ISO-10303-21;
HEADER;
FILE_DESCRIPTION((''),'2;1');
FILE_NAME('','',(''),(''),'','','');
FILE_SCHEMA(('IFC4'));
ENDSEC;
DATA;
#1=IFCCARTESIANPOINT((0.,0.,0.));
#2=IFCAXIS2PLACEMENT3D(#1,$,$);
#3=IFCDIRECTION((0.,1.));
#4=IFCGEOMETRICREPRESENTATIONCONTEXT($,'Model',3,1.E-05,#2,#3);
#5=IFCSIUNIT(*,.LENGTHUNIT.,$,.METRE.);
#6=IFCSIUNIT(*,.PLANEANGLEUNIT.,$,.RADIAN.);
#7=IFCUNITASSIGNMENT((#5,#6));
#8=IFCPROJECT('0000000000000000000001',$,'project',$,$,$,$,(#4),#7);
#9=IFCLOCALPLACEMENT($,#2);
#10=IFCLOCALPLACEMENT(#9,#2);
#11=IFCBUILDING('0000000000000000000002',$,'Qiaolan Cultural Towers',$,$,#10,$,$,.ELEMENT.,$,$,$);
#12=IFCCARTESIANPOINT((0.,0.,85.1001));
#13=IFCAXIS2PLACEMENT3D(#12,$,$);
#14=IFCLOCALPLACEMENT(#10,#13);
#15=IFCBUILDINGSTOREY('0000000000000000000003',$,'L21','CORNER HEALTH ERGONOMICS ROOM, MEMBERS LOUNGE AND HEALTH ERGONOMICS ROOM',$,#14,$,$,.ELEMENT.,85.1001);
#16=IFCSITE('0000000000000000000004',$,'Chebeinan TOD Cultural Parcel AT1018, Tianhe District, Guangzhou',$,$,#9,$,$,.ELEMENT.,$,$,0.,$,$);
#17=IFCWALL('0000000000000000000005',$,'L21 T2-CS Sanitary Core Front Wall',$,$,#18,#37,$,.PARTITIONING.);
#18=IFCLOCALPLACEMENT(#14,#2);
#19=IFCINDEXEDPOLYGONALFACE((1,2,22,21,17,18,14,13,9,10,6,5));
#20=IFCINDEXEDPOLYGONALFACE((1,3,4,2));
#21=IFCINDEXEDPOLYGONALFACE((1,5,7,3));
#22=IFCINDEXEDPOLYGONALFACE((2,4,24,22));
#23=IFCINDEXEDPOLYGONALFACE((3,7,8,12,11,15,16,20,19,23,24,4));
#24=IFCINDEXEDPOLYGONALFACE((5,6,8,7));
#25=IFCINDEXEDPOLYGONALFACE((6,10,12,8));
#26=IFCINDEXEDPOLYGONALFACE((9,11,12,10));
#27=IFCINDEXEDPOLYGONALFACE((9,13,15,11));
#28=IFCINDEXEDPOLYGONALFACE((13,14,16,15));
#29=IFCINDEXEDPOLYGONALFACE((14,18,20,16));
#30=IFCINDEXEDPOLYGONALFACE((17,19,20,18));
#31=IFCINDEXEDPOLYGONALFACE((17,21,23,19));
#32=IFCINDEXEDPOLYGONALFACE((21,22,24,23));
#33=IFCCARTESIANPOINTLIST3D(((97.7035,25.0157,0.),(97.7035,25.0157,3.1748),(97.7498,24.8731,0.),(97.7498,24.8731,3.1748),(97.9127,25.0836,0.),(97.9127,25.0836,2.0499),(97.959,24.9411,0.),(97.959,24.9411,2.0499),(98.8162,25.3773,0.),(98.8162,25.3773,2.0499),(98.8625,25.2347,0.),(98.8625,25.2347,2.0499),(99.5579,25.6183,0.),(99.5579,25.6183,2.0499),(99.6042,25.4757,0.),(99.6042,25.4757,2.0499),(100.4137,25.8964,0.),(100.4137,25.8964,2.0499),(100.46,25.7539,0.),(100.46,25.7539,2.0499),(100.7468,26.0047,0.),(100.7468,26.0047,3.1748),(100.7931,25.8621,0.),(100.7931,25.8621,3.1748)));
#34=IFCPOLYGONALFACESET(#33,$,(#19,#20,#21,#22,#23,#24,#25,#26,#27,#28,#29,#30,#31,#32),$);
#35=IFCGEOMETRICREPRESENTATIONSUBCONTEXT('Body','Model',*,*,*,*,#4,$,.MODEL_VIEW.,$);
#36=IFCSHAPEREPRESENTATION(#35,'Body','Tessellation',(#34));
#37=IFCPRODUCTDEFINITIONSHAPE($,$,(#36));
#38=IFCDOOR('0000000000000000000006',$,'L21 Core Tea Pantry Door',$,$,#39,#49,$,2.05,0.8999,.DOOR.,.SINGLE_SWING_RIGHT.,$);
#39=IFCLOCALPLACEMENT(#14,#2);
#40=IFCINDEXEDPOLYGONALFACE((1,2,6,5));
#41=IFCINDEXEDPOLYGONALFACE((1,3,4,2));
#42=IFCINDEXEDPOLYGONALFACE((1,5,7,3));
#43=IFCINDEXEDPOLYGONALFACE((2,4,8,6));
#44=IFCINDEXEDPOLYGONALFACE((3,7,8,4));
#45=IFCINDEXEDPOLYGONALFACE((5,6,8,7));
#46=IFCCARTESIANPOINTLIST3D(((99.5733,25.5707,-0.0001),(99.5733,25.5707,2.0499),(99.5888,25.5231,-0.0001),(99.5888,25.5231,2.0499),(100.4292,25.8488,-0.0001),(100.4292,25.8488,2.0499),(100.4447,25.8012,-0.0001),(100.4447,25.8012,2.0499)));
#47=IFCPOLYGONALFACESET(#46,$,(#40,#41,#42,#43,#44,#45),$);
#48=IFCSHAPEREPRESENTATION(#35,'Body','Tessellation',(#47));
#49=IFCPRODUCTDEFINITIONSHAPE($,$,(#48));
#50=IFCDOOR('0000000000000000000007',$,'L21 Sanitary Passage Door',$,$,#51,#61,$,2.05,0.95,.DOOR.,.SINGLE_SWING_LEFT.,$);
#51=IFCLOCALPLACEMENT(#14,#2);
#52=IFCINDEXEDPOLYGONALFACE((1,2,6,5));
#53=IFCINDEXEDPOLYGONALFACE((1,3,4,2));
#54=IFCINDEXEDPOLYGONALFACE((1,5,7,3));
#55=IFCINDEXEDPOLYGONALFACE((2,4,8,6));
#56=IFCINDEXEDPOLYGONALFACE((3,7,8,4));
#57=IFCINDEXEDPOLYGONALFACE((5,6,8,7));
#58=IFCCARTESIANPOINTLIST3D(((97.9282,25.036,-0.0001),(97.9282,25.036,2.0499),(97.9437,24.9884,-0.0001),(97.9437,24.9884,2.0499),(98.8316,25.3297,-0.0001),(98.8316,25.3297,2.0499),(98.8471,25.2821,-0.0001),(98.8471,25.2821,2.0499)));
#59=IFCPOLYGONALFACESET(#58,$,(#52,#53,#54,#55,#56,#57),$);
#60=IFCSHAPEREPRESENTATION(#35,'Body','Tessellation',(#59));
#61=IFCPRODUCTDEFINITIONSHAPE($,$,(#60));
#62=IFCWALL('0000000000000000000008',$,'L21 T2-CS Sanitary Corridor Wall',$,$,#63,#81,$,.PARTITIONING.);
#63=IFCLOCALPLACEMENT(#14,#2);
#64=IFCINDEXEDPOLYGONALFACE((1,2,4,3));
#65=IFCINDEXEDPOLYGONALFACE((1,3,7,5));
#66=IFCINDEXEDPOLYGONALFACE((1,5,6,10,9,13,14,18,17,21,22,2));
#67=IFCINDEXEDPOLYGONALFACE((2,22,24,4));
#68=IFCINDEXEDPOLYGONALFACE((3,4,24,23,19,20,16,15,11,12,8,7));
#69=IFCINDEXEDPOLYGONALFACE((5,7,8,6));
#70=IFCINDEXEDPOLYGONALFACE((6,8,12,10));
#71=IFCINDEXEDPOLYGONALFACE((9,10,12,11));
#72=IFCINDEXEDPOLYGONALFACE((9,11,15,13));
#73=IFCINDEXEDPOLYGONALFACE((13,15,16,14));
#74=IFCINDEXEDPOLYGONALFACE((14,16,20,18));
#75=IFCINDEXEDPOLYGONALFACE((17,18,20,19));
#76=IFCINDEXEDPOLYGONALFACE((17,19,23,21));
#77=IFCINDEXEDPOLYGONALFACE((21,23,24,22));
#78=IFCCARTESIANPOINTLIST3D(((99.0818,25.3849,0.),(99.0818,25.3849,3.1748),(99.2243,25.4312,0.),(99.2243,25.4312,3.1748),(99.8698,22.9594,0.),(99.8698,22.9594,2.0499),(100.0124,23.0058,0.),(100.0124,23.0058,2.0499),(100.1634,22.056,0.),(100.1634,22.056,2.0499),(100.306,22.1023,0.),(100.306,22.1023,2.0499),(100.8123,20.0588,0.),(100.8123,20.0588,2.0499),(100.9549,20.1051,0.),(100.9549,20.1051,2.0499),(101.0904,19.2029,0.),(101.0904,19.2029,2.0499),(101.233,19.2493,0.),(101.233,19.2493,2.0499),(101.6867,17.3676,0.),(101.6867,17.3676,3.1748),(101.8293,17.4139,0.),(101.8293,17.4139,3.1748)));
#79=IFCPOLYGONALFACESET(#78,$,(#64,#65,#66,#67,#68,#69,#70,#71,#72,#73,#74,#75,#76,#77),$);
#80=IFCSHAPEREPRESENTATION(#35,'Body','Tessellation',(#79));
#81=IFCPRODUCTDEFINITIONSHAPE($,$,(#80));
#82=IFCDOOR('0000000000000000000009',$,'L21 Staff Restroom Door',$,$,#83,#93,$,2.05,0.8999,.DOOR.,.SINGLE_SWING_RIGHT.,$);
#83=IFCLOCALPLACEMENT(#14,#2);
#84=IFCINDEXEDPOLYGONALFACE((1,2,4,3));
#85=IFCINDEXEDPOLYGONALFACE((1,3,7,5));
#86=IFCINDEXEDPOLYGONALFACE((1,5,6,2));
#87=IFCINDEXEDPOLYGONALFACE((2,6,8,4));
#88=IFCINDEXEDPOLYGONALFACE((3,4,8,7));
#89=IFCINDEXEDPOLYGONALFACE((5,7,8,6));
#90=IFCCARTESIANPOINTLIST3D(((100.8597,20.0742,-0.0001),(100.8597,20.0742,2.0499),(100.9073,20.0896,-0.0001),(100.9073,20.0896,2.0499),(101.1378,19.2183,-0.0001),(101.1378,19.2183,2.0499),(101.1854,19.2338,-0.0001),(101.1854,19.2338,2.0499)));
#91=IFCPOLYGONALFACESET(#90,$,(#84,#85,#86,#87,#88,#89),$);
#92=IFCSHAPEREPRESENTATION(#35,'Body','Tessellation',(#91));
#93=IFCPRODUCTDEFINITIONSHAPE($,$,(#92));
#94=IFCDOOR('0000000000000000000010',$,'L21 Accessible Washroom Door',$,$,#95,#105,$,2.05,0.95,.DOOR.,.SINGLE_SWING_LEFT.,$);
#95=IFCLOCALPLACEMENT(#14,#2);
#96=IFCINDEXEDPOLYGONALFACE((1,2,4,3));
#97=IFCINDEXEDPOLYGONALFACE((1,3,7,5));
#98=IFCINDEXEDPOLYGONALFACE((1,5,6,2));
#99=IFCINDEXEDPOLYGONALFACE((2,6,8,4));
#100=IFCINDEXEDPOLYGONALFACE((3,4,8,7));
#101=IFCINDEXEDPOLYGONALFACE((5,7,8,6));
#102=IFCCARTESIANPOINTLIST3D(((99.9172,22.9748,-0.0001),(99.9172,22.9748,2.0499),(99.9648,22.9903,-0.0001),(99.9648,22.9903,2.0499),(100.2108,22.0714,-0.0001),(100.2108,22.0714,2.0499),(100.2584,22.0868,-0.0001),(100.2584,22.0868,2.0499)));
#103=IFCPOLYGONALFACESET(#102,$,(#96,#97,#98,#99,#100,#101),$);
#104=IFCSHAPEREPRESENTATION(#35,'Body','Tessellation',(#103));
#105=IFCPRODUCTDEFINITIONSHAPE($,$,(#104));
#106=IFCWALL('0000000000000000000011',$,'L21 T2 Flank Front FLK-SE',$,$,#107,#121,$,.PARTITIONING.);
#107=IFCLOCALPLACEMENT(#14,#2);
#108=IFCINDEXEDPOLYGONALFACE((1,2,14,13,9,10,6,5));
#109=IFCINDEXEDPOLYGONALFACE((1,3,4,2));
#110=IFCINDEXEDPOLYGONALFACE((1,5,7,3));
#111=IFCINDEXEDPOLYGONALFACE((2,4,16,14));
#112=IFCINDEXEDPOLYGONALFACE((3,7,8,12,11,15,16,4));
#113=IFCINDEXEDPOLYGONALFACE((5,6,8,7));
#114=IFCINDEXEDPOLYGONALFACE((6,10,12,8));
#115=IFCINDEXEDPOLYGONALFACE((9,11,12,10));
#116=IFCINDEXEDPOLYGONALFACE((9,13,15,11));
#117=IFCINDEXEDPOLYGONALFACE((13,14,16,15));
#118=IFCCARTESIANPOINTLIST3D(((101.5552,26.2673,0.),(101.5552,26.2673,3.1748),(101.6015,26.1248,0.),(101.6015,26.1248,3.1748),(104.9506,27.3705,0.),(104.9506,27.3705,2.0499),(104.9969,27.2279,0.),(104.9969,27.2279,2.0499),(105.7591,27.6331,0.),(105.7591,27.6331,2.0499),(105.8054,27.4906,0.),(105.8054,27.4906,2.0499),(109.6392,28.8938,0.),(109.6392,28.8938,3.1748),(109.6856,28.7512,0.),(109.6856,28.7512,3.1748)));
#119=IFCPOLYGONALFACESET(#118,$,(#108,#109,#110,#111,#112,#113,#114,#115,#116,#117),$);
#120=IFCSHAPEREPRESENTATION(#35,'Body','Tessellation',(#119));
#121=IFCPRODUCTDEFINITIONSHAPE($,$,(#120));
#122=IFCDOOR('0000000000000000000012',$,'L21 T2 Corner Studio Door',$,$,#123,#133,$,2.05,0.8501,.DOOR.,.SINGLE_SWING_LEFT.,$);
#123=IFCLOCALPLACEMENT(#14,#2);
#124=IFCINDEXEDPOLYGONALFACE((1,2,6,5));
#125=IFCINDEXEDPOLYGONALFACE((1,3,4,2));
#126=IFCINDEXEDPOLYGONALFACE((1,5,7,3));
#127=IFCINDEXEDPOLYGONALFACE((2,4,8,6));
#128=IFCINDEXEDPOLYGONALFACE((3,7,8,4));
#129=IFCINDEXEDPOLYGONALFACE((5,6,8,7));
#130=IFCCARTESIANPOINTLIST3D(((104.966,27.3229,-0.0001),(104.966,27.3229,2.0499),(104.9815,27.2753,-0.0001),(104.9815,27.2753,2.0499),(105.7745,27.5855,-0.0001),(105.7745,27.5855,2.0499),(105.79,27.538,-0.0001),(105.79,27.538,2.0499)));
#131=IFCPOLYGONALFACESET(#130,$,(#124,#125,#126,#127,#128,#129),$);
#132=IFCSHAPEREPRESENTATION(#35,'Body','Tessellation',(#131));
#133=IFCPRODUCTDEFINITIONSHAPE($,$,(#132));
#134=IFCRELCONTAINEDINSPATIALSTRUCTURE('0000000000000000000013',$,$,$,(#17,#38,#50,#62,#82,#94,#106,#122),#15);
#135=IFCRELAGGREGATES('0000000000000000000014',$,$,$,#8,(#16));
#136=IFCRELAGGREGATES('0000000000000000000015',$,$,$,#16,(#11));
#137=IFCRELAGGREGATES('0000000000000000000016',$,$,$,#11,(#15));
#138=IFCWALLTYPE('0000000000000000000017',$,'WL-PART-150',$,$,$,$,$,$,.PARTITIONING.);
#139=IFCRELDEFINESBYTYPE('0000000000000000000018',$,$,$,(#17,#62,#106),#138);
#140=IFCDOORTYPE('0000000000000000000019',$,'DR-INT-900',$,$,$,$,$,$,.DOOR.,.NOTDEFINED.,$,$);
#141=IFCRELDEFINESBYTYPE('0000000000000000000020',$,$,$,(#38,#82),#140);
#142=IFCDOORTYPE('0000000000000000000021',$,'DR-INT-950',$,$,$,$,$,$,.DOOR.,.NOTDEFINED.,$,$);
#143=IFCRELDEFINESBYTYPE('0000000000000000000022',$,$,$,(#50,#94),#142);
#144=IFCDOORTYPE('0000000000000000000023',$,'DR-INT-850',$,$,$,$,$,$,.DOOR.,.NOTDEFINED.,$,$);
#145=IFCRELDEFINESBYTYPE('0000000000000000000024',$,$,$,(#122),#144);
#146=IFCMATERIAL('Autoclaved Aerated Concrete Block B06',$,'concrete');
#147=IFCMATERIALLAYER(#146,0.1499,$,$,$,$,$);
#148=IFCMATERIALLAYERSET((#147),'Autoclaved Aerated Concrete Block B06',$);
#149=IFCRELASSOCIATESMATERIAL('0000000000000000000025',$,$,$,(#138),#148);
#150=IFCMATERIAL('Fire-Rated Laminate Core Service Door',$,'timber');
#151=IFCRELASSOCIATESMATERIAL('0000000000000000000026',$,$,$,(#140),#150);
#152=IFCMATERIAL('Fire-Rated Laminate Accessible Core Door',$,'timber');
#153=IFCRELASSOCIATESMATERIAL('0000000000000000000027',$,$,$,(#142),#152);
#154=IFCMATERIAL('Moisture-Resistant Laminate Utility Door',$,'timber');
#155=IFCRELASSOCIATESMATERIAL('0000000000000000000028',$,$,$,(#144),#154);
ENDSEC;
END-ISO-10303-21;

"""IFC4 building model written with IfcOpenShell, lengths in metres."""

from ifc_helpers import new_model, si_unit, direction, frame, frame_2d, origin, place, context, subcontext, project, spatial, rectangle, extrude, material, layer, layer_set, type_object, element, fill, save


model = new_model("IFC4")

# Units and contexts
model_context = context("Model", 3, precision=1e-05, world=origin(), true_north=direction((0.0, 1.0)))
body_context = subcontext(model_context, "Body", "Model", "MODEL_VIEW")
ifc_project = project(units=[si_unit("LENGTHUNIT", "METRE"), si_unit("PLANEANGLEUNIT", "RADIAN")], contexts=[model_context])

# Site, building, storey
site_placement = place(None, origin())
site = spatial("IfcSite", under=ifc_project, at=site_placement, Name="Chebeinan TOD Cultural Parcel AT1018, Tianhe District, Guangzhou", CompositionType="ELEMENT", RefElevation=0.0)
building_placement = place(site_placement, origin())
building = spatial("IfcBuilding", under=site, at=building_placement, Name="Qiaolan Cultural Towers", CompositionType="ELEMENT")
storey_placement = place(building_placement, frame((0.0, 0.0, 85.1001)))
storey = spatial("IfcBuildingStorey", under=building, at=storey_placement, Name="L21", Description="CORNER HEALTH ERGONOMICS ROOM, MEMBERS LOUNGE AND HEALTH ERGONOMICS ROOM", CompositionType="ELEMENT", Elevation=85.1001)

# Walls, openings, doors
ifc_material_1 = material(Name="Autoclaved Aerated Concrete Block B06", Category="concrete")
ifc_layer_1 = layer(ifc_material_1, 0.1499)
ifc_layer_set_1 = layer_set([ifc_layer_1], Name="Autoclaved Aerated Concrete Block B06")
wall_type_1 = type_object("IfcWallType", Name="WL-PART-150", PredefinedType="PARTITIONING", material=ifc_layer_set_1)
wall_1_placement = place(storey_placement, frame((97.7266, 24.9443, 0.0), z_axis=(0.0, 0.0, 1.0), x_axis=(0.951037, 0.309077, 0.0)))
wall_1 = element("IfcWall", 1, at=wall_1_placement, inside=storey, type_object=wall_type_1, Name="L21 T2-CS Sanitary Core Front Wall", PredefinedType="PARTITIONING", context=body_context, shape_type="SweptSolid", body=[
    extrude(rectangle(XDim=3.2, YDim=0.1499, at=frame_2d((1.6001, 0.0))), origin(), (0.0, 0.0, 1.0), 3.1748),
])
opening_1_placement = place(wall_1_placement, frame((0.22, 0.0, 0.0)))
opening_1 = element("IfcOpeningElement", 2, at=opening_1_placement, cuts=wall_1, PredefinedType="OPENING", context=body_context, shape_type="SweptSolid", body=[
    extrude(rectangle(XDim=0.95, YDim=2.05, at=frame_2d((0.4751, 1.0249))), frame((0.0, 0.085, 0.0), z_axis=(0.0, -1.0, 0.0), x_axis=(1.0, 0.0, 0.0)), (0.0, 0.0, 1.0), 0.1699),
])
opening_2_placement = place(wall_1_placement, frame((1.95, 0.0, 0.0)))
opening_2 = element("IfcOpeningElement", 3, at=opening_2_placement, cuts=wall_1, PredefinedType="OPENING", context=body_context, shape_type="SweptSolid", body=[
    extrude(rectangle(XDim=0.8999, YDim=2.05, at=frame_2d((0.45, 1.0249))), frame((0.0, 0.085, 0.0), z_axis=(0.0, -1.0, 0.0), x_axis=(1.0, 0.0, 0.0)), (0.0, 0.0, 1.0), 0.1699),
])
ifc_material_2 = material(Name="Fire-Rated Laminate Core Service Door", Category="timber")
door_type_1 = type_object("IfcDoorType", Name="DR-INT-900", OperationType="NOTDEFINED", PredefinedType="DOOR", material=ifc_material_2)
door_1_placement = place(opening_2_placement, origin())
door_1 = element("IfcDoor", 4, at=door_1_placement, inside=storey, type_object=door_type_1, Name="L21 Core Tea Pantry Door", OperationType="SINGLE_SWING_RIGHT", OverallHeight=2.05, OverallWidth=0.8999, PredefinedType="DOOR", context=body_context, shape_type="SweptSolid", body=[
    extrude(rectangle(XDim=0.8999, YDim=2.05, at=frame_2d((0.45, 1.0249))), frame((0.0, 0.0249, 0.0), z_axis=(0.0, -1.0, 0.0), x_axis=(1.0, 0.0, 0.0)), (0.0, 0.0, 1.0), 0.05),
])
fill(opening_2, door_1)
ifc_material_3 = material(Name="Fire-Rated Laminate Accessible Core Door", Category="timber")
door_type_2 = type_object("IfcDoorType", Name="DR-INT-950", OperationType="NOTDEFINED", PredefinedType="DOOR", material=ifc_material_3)
door_2_placement = place(opening_1_placement, origin())
door_2 = element("IfcDoor", 5, at=door_2_placement, inside=storey, type_object=door_type_2, Name="L21 Sanitary Passage Door", OperationType="SINGLE_SWING_LEFT", OverallHeight=2.05, OverallWidth=0.95, PredefinedType="DOOR", context=body_context, shape_type="SweptSolid", body=[
    extrude(rectangle(XDim=0.95, YDim=2.05, at=frame_2d((0.4751, 1.0249))), frame((0.0, 0.0249, 0.0), z_axis=(0.0, -1.0, 0.0), x_axis=(1.0, 0.0, 0.0)), (0.0, 0.0, 1.0), 0.05),
])
fill(opening_1, door_2)
wall_2_placement = place(storey_placement, frame((99.1531, 25.408, 0.0), z_axis=(0.0, 0.0, 1.0), x_axis=(0.309016, -0.951057, 0.0)))
wall_2 = element("IfcWall", 6, at=wall_2_placement, inside=storey, type_object=wall_type_1, Name="L21 T2-CS Sanitary Corridor Wall", PredefinedType="PARTITIONING", context=body_context, shape_type="SweptSolid", body=[
    extrude(rectangle(XDim=8.4299, YDim=0.1499, at=frame_2d((4.2148, 0.0))), origin(), (0.0, 0.0, 1.0), 3.1748),
])
opening_3_placement = place(wall_2_placement, frame((2.55, 0.0, 0.0)))
opening_3 = element("IfcOpeningElement", 7, at=opening_3_placement, cuts=wall_2, PredefinedType="OPENING", context=body_context, shape_type="SweptSolid", body=[
    extrude(rectangle(XDim=0.95, YDim=2.05, at=frame_2d((0.4751, 1.0249))), frame((0.0, 0.085, 0.0), z_axis=(0.0, -1.0, 0.0), x_axis=(1.0, 0.0, 0.0)), (0.0, 0.0, 1.0), 0.1699),
])
opening_4_placement = place(wall_2_placement, frame((5.6001, 0.0, 0.0)))
opening_4 = element("IfcOpeningElement", 8, at=opening_4_placement, cuts=wall_2, PredefinedType="OPENING", context=body_context, shape_type="SweptSolid", body=[
    extrude(rectangle(XDim=0.8999, YDim=2.05, at=frame_2d((0.45, 1.0249))), frame((0.0, 0.085, 0.0), z_axis=(0.0, -1.0, 0.0), x_axis=(1.0, 0.0, 0.0)), (0.0, 0.0, 1.0), 0.1699),
])
door_3_placement = place(opening_4_placement, origin())
door_3 = element("IfcDoor", 9, at=door_3_placement, inside=storey, type_object=door_type_1, Name="L21 Staff Restroom Door", OperationType="SINGLE_SWING_RIGHT", OverallHeight=2.05, OverallWidth=0.8999, PredefinedType="DOOR", context=body_context, shape_type="SweptSolid", body=[
    extrude(rectangle(XDim=0.8999, YDim=2.05, at=frame_2d((0.45, 1.0249))), frame((0.0, 0.0249, 0.0), z_axis=(0.0, -1.0, 0.0), x_axis=(1.0, 0.0, 0.0)), (0.0, 0.0, 1.0), 0.05),
])
fill(opening_4, door_3)
door_4_placement = place(opening_3_placement, origin())
door_4 = element("IfcDoor", 10, at=door_4_placement, inside=storey, type_object=door_type_2, Name="L21 Accessible Washroom Door", OperationType="SINGLE_SWING_LEFT", OverallHeight=2.05, OverallWidth=0.95, PredefinedType="DOOR", context=body_context, shape_type="SweptSolid", body=[
    extrude(rectangle(XDim=0.95, YDim=2.05, at=frame_2d((0.4751, 1.0249))), frame((0.0, 0.0249, 0.0), z_axis=(0.0, -1.0, 0.0), x_axis=(1.0, 0.0, 0.0)), (0.0, 0.0, 1.0), 0.05),
])
fill(opening_3, door_4)

# Wall, opening, door
wall_3_placement = place(storey_placement, frame((101.5784, 26.196, 0.0), z_axis=(0.0, 0.0, 1.0), x_axis=(0.951063, 0.308998, 0.0)))
wall_3 = element("IfcWall", 11, at=wall_3_placement, inside=storey, type_object=wall_type_1, Name="L21 T2 Flank Front FLK-SE", PredefinedType="PARTITIONING", context=body_context, shape_type="SweptSolid", body=[
    extrude(rectangle(XDim=8.5, YDim=0.1499, at=frame_2d((4.25, 0.0))), origin(), (0.0, 0.0, 1.0), 3.1748),
])
opening_5_placement = place(wall_3_placement, frame((3.5701, 0.0, 0.0)))
opening_5 = element("IfcOpeningElement", 12, at=opening_5_placement, cuts=wall_3, PredefinedType="OPENING", context=body_context, shape_type="SweptSolid", body=[
    extrude(rectangle(XDim=0.8501, YDim=2.05, at=frame_2d((0.425, 1.0249))), frame((0.0, 0.085, 0.0), z_axis=(0.0, -1.0, 0.0), x_axis=(1.0, 0.0, 0.0)), (0.0, 0.0, 1.0), 0.1699),
])
ifc_material_4 = material(Name="Moisture-Resistant Laminate Utility Door", Category="timber")
door_type_3 = type_object("IfcDoorType", Name="DR-INT-850", OperationType="NOTDEFINED", PredefinedType="DOOR", material=ifc_material_4)
door_5_placement = place(opening_5_placement, origin())
door_5 = element("IfcDoor", 13, at=door_5_placement, inside=storey, type_object=door_type_3, Name="L21 T2 Corner Studio Door", OperationType="SINGLE_SWING_LEFT", OverallHeight=2.05, OverallWidth=0.8501, PredefinedType="DOOR", context=body_context, shape_type="SweptSolid", body=[
    extrude(rectangle(XDim=0.8501, YDim=2.05, at=frame_2d((0.425, 1.0249))), frame((0.0, 0.0249, 0.0), z_axis=(0.0, -1.0, 0.0), x_axis=(1.0, 0.0, 0.0)), (0.0, 0.0, 1.0), 0.05),
])
fill(opening_5, door_5)

save(model, "model.ifc")
